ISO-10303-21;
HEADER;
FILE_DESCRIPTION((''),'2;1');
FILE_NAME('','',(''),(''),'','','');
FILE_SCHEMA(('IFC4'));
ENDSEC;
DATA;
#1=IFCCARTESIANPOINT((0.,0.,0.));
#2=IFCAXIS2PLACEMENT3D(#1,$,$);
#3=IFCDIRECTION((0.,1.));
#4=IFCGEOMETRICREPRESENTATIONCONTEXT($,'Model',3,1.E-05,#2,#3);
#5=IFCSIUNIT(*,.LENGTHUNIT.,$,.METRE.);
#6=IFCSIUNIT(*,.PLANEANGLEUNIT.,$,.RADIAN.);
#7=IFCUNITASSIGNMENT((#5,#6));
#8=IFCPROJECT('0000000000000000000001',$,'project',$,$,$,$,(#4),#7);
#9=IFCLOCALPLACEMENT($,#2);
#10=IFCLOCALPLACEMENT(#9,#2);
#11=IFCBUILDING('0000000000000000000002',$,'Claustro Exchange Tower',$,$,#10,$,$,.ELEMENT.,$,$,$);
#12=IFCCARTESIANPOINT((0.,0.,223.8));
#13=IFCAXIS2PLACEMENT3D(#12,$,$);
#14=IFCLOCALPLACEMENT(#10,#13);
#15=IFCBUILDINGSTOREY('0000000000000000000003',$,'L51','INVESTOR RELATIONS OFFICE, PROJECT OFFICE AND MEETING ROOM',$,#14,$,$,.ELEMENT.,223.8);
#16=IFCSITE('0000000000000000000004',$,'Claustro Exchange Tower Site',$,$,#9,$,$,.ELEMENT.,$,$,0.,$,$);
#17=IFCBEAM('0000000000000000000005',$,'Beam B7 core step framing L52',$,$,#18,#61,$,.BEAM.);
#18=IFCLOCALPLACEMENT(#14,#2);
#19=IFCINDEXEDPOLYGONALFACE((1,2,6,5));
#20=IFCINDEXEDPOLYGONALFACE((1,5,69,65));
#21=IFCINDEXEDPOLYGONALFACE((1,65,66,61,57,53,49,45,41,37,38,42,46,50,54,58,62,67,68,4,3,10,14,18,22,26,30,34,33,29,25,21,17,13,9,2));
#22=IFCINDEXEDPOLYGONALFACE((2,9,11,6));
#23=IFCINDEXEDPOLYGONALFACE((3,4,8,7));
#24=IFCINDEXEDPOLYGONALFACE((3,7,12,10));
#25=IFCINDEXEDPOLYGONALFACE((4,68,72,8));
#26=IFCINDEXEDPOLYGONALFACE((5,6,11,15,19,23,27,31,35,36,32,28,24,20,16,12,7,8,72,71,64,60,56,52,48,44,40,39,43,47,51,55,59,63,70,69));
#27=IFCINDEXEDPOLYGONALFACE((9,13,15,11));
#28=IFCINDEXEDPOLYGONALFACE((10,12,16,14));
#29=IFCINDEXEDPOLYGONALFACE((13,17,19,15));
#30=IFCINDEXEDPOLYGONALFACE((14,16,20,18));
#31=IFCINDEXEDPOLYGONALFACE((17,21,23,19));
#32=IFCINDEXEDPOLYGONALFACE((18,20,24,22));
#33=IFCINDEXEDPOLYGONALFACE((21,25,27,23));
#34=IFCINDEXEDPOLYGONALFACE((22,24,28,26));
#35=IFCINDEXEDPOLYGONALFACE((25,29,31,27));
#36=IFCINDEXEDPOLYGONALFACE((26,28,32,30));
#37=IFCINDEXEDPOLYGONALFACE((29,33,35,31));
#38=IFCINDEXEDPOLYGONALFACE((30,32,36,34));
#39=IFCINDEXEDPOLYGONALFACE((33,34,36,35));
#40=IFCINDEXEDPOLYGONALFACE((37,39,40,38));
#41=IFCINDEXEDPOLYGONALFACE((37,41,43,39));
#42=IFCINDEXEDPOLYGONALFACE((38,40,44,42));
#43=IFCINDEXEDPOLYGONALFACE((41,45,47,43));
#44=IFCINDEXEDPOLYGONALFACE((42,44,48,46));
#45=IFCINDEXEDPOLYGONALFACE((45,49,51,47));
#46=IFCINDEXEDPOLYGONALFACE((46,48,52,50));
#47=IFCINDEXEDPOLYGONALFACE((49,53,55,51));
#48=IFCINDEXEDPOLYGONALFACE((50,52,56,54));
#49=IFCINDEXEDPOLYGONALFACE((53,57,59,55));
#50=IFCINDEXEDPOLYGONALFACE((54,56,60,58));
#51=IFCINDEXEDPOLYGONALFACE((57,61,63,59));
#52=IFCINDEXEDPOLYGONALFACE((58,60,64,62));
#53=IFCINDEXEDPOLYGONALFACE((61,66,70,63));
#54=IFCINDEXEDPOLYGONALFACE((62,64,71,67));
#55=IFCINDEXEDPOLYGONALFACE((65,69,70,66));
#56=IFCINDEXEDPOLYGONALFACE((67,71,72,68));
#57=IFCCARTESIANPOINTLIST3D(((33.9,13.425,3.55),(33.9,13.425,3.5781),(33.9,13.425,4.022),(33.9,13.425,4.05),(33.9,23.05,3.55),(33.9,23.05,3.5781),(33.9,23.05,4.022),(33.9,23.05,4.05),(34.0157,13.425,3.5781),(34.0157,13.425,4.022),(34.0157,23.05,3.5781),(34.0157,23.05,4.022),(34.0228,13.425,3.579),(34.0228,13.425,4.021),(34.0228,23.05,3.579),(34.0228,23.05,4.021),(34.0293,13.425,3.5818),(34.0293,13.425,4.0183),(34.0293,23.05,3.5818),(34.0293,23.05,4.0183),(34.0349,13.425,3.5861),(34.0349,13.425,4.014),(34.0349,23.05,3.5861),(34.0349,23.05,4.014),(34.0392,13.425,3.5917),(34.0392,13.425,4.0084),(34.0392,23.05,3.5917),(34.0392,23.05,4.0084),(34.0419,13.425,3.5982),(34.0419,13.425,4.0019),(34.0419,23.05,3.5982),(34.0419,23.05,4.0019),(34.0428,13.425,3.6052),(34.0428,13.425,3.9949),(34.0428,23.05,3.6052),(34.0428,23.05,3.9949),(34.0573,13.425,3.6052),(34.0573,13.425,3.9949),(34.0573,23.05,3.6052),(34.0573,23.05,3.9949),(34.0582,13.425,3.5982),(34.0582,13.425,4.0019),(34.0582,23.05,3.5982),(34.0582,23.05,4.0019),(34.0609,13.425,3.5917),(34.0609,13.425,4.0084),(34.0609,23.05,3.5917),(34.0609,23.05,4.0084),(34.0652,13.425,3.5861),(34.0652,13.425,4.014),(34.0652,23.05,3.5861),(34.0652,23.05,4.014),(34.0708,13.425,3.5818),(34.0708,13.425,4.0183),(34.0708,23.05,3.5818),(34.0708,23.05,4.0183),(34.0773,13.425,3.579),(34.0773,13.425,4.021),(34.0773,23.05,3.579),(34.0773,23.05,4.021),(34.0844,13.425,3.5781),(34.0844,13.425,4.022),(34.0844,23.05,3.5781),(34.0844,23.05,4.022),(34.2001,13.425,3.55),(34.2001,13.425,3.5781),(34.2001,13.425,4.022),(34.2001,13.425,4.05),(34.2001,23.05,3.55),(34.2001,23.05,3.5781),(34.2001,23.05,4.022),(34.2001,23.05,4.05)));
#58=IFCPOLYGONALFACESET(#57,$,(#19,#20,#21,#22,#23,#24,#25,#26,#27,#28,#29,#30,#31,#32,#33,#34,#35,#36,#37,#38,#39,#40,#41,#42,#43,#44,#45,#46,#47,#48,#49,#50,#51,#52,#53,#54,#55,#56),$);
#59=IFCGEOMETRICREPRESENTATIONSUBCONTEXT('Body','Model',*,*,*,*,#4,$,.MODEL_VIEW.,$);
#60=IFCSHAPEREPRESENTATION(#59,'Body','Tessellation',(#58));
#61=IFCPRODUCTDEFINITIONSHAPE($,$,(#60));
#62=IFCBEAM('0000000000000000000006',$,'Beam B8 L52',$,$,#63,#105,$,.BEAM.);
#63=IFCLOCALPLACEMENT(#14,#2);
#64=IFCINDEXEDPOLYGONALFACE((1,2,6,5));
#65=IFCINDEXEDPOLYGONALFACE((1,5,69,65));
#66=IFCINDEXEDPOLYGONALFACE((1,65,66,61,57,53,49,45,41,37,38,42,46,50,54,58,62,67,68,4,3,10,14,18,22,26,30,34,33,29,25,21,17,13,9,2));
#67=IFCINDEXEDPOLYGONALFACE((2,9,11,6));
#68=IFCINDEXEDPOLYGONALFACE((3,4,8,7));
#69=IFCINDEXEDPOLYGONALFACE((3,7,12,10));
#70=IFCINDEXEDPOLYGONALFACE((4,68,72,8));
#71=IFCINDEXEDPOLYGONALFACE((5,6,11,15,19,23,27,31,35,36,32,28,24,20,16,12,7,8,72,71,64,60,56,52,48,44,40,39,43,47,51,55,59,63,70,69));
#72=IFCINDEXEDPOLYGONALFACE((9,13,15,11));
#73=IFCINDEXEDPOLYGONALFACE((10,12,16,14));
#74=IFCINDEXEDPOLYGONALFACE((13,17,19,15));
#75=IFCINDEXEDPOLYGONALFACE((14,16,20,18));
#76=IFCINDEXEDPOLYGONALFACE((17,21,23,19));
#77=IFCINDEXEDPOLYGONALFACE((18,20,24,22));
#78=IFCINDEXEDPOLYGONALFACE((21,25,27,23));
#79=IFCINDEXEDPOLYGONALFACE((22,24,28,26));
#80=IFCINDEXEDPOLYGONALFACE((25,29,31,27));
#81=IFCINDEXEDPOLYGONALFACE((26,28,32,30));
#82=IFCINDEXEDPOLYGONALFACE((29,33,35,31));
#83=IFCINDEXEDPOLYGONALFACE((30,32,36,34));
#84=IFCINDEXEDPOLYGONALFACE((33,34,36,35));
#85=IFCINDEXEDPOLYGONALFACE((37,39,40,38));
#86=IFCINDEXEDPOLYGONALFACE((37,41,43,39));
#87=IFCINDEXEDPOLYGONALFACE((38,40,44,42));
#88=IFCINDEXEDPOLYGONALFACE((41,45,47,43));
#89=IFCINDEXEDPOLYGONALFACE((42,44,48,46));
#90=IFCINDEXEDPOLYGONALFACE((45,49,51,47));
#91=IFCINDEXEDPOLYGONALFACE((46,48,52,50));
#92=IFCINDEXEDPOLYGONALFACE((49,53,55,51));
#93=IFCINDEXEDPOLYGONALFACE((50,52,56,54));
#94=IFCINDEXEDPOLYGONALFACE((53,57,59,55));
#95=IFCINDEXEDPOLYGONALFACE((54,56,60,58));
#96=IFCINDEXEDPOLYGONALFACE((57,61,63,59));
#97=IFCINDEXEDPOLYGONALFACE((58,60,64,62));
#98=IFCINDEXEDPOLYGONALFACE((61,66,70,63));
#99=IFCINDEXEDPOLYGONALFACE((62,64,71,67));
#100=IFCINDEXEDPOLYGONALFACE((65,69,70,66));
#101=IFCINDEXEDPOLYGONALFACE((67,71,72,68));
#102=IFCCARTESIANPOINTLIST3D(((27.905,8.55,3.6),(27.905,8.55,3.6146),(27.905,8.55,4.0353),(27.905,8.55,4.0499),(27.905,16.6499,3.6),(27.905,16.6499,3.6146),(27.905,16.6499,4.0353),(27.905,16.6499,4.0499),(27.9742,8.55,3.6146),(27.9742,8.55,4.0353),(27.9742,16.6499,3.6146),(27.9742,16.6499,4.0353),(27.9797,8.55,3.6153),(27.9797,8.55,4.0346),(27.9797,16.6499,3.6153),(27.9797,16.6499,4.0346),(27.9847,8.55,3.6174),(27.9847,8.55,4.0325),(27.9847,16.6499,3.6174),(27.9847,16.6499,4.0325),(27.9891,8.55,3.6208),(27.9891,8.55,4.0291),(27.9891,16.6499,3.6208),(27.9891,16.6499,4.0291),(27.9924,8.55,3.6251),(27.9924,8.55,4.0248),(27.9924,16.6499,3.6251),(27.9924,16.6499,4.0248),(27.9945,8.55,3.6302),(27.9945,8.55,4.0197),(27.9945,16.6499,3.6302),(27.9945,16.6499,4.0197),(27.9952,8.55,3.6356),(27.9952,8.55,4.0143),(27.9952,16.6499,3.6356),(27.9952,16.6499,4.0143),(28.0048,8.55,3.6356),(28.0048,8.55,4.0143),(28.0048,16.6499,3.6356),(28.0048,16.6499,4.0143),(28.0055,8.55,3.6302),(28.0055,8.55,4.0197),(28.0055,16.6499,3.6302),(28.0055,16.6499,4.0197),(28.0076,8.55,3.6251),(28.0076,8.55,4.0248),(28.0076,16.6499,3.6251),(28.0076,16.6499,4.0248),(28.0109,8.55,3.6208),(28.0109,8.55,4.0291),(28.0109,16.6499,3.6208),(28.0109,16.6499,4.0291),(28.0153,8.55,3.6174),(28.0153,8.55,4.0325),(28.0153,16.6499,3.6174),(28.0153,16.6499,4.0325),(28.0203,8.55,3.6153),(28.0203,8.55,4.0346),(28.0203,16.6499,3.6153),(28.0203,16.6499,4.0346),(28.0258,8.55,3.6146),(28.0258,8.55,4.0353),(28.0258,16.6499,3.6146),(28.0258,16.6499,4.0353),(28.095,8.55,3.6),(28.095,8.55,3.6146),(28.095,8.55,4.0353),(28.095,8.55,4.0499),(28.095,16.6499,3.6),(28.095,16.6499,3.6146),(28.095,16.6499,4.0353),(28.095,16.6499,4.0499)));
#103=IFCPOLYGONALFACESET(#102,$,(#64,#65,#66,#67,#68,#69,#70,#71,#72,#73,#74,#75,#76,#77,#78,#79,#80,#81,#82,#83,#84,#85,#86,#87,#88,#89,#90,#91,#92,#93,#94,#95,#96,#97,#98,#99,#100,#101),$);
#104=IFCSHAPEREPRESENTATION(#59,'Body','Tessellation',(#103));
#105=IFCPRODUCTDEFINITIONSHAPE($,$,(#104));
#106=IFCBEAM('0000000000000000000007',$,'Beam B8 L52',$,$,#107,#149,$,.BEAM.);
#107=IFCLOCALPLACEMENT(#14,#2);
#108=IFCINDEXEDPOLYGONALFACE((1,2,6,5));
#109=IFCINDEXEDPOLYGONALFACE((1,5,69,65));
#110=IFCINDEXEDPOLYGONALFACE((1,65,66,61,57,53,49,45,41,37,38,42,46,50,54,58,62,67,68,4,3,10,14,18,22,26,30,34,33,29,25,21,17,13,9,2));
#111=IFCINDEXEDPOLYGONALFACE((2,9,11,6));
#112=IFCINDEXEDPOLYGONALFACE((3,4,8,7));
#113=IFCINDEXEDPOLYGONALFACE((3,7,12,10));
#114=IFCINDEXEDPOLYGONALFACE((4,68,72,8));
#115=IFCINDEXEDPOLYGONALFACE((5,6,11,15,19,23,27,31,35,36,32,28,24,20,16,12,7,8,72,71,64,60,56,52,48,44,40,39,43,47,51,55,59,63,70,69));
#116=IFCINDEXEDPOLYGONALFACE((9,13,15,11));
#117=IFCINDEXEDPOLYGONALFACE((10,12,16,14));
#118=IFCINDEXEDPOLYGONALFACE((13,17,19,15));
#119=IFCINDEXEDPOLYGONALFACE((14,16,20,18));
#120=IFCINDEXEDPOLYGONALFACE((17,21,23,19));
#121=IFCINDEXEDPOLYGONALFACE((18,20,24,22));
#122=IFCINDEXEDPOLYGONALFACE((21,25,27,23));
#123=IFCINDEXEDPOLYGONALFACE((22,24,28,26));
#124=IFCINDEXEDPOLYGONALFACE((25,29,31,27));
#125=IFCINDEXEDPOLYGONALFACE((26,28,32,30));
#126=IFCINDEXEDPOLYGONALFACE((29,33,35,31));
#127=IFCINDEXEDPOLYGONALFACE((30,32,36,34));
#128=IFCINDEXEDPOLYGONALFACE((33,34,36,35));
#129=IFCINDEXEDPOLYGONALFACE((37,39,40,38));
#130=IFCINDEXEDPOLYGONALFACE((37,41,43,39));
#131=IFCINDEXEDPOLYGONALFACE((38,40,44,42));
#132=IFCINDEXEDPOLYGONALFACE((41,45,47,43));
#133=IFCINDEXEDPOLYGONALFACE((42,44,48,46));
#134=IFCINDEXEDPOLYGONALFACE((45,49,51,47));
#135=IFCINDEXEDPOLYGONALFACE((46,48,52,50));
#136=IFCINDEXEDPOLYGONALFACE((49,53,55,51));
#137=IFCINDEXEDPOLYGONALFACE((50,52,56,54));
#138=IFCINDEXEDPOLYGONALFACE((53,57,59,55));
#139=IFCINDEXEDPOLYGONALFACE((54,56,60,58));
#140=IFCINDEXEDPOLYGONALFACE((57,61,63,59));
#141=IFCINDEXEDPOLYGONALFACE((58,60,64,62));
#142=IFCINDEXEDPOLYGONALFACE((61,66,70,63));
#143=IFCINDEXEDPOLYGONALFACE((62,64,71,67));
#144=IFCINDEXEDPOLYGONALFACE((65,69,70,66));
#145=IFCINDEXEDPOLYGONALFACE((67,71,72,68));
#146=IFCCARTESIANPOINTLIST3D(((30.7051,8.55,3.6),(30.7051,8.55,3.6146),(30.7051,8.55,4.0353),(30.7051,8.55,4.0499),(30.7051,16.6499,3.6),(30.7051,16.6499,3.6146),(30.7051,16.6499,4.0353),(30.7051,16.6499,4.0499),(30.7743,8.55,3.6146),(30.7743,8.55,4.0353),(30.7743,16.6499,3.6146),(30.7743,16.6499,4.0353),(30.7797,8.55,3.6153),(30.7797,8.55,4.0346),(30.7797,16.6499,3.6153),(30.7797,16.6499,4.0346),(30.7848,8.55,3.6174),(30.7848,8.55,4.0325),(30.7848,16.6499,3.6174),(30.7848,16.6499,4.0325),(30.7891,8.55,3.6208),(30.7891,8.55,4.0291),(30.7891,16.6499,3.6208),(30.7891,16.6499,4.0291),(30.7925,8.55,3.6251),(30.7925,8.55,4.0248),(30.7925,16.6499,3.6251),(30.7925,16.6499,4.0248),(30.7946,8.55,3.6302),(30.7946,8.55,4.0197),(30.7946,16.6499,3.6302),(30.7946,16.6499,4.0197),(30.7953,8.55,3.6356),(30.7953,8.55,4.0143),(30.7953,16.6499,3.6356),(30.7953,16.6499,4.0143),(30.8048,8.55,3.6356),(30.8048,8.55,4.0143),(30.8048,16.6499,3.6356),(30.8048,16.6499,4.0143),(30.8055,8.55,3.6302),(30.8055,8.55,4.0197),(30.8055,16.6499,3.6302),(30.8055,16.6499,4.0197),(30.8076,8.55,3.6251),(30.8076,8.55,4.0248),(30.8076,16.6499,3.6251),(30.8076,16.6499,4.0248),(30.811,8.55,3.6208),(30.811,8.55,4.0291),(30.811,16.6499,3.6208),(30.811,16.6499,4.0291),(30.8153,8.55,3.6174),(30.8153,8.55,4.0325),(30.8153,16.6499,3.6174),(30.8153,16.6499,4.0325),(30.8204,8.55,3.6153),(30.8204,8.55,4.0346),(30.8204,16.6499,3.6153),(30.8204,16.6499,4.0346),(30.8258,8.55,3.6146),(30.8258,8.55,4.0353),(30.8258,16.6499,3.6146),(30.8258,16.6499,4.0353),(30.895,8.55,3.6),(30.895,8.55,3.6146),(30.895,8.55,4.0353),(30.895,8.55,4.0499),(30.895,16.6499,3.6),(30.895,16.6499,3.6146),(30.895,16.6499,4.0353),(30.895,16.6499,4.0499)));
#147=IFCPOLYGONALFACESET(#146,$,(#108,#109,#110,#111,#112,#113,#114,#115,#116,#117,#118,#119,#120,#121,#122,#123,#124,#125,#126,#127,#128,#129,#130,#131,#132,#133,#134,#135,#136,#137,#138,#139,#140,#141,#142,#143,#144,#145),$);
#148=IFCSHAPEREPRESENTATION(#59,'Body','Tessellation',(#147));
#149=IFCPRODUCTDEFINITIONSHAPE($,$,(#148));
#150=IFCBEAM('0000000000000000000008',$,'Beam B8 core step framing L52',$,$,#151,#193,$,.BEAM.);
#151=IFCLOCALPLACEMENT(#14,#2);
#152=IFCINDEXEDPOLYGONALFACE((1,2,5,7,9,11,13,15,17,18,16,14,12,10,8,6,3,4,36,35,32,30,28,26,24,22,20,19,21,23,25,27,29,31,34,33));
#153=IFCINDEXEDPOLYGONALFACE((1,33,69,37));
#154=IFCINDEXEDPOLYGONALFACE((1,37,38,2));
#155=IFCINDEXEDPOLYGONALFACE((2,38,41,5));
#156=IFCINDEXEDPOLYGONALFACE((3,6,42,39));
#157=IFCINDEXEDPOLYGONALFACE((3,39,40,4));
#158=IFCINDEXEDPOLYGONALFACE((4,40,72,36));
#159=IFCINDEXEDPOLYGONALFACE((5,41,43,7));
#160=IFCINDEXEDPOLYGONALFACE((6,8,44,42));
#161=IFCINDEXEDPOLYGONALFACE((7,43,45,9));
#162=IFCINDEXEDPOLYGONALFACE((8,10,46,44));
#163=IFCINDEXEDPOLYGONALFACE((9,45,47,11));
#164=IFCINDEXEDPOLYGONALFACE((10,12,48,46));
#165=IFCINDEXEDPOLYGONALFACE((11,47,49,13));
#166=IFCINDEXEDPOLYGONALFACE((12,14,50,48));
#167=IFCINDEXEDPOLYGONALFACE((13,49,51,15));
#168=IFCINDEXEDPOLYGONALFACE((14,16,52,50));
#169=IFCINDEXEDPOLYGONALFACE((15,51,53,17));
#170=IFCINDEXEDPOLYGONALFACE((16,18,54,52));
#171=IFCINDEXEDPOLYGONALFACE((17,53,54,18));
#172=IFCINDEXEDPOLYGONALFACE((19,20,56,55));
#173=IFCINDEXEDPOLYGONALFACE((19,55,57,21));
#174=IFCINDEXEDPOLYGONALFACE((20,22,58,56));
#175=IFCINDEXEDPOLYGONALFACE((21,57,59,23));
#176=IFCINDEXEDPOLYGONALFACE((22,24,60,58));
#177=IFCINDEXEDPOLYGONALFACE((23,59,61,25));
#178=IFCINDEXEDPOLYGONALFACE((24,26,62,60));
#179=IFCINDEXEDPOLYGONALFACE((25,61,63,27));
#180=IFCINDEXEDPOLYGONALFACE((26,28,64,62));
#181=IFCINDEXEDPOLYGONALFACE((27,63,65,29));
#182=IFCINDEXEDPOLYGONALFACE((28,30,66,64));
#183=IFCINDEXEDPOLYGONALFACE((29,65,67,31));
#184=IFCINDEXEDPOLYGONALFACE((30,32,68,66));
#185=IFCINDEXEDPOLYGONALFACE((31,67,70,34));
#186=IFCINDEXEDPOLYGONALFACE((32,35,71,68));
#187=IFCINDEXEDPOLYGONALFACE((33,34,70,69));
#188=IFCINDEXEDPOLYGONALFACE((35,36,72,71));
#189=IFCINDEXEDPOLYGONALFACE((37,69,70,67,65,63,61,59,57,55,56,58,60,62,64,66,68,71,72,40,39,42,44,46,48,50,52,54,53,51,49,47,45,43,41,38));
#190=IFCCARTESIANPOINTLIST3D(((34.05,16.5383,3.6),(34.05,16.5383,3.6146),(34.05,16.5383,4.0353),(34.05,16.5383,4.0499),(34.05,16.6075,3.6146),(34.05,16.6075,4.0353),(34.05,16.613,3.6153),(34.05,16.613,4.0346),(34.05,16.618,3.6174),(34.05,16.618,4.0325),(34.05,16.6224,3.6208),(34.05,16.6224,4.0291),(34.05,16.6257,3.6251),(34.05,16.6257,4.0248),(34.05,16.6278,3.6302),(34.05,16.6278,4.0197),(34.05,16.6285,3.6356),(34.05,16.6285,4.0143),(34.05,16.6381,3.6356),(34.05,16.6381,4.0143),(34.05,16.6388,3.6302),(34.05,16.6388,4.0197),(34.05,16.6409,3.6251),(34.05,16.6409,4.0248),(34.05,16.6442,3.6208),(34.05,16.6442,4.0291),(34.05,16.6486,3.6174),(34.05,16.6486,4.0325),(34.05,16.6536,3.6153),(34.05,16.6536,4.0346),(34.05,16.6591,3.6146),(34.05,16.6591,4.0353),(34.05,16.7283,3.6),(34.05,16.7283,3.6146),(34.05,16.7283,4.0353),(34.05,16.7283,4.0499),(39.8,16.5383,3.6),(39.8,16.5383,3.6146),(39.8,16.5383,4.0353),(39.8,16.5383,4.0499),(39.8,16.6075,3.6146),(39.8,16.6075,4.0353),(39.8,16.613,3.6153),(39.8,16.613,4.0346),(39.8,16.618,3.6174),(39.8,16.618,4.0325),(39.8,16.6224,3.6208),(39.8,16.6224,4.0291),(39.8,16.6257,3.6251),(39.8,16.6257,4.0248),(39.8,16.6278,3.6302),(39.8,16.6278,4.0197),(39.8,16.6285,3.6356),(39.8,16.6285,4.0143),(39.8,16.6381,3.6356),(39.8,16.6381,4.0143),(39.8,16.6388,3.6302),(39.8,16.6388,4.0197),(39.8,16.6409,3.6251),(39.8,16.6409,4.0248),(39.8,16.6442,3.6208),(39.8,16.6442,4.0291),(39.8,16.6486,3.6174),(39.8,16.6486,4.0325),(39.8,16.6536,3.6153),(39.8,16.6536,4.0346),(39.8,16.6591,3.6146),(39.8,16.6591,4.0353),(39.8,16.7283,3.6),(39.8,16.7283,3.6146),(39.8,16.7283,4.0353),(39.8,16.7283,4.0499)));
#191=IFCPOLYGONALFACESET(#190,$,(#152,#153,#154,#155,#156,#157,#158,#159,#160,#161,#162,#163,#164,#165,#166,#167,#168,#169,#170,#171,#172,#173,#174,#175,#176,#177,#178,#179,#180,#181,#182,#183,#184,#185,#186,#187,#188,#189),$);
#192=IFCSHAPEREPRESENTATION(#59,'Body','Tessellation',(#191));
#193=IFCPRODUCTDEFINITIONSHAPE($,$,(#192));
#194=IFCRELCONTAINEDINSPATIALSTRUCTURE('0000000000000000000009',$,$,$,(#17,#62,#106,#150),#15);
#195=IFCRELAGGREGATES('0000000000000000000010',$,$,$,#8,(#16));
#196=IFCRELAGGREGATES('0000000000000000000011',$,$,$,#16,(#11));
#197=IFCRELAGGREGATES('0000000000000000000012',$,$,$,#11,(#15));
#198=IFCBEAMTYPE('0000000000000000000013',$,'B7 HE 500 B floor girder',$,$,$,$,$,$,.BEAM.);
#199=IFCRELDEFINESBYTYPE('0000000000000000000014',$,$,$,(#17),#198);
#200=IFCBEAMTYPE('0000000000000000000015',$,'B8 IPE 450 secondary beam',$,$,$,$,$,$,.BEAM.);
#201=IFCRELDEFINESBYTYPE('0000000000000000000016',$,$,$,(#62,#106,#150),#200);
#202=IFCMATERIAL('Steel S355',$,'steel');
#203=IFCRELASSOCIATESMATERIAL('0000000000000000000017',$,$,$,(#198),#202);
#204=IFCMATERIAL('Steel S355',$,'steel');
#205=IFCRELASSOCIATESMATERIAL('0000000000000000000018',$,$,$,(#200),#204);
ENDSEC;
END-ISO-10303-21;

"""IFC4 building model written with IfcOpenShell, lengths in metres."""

from ifc_helpers import new_model, si_unit, direction, frame, origin, origin_2d, place, context, subcontext, project, spatial, i_section, extrude, material, material_profile, profile_set, type_object, element, save


model = new_model("IFC4")

# Units and contexts
model_context = context("Model", 3, precision=1e-05, world=origin(), true_north=direction((0.0, 1.0)))
body_context = subcontext(model_context, "Body", "Model", "MODEL_VIEW")
ifc_project = project(units=[si_unit("LENGTHUNIT", "METRE"), si_unit("PLANEANGLEUNIT", "RADIAN")], contexts=[model_context])

# Site, building, storey
site_placement = place(None, origin())
site = spatial("IfcSite", under=ifc_project, at=site_placement, Name="Claustro Exchange Tower Site", CompositionType="ELEMENT", RefElevation=0.0)
building_placement = place(site_placement, origin())
building = spatial("IfcBuilding", under=site, at=building_placement, Name="Claustro Exchange Tower", CompositionType="ELEMENT")
storey_placement = place(building_placement, frame((0.0, 0.0, 223.8)))
storey = spatial("IfcBuildingStorey", under=building, at=storey_placement, Name="L51", Description="INVESTOR RELATIONS OFFICE, PROJECT OFFICE AND MEETING ROOM", CompositionType="ELEMENT", Elevation=223.8)

# Beams
ifc_material_1 = material(Name="Steel S355", Category="steel")
ifc_material_profile_1 = material_profile(ifc_material_1, i_section(OverallWidth=0.3, OverallDepth=0.5, WebThickness=0.0144, FlangeThickness=0.0281, FilletRadius=0.0271, at=origin_2d()), Name="HE 500 B")
ifc_profile_set_1 = profile_set([ifc_material_profile_1], Name="Steel S355")
beam_type_1 = type_object("IfcBeamType", Name="B7 HE 500 B floor girder", PredefinedType="BEAM", material=ifc_profile_set_1)
beam_1_placement = place(storey_placement, frame((34.05, 13.425, 3.8), z_axis=(0.0, 1.0, 0.0), x_axis=(-1.0, 0.0, 0.0)))
element("IfcBeam", 1, at=beam_1_placement, inside=storey, type_object=beam_type_1, Name="Beam B7 core step framing L52", PredefinedType="BEAM", context=body_context, shape_type="SweptSolid", body=[
    extrude(i_section(OverallWidth=0.3, OverallDepth=0.5, WebThickness=0.0144, FlangeThickness=0.0281, FilletRadius=0.0271, at=origin_2d()), origin(), (0.0, 0.0, 1.0), 9.625),
])
ifc_material_2 = material(Name="Steel S355", Category="steel")
ifc_material_profile_2 = material_profile(ifc_material_2, i_section(OverallWidth=0.1899, OverallDepth=0.45, WebThickness=0.0095, FlangeThickness=0.0146, FilletRadius=0.021, at=origin_2d()), Name="IPE 450")
ifc_profile_set_2 = profile_set([ifc_material_profile_2], Name="Steel S355")
beam_type_2 = type_object("IfcBeamType", Name="B8 IPE 450 secondary beam", PredefinedType="BEAM", material=ifc_profile_set_2)
for number, where, z_axis, x_axis, name in (
    (2, (28.0, 8.55, 3.825), (0.0, 1.0, 0.0), (-1.0, 0.0, 0.0), "Beam B8 L52"),
    (3, (30.8, 8.55, 3.825), (0.0, 1.0, 0.0), (-1.0, 0.0, 0.0), "Beam B8 L52"),
):
    element("IfcBeam", number, at=place(storey_placement, frame(where, z_axis=z_axis, x_axis=x_axis)), inside=storey, type_object=beam_type_2, Name=name, PredefinedType="BEAM", context=body_context, shape_type="SweptSolid", body=[
        extrude(i_section(OverallWidth=0.1899, OverallDepth=0.45, WebThickness=0.0095, FlangeThickness=0.0146, FilletRadius=0.021, at=origin_2d()), origin(), (0.0, 0.0, 1.0), 8.0999),
    ])
for number, where, z_axis, x_axis, name in (
    (4, (34.05, 16.6333, 3.825), (1.0, 0.0, 0.0), (0.0, 1.0, 0.0), "Beam B8 core step framing L52"),
):
    element("IfcBeam", number, at=place(storey_placement, frame(where, z_axis=z_axis, x_axis=x_axis)), inside=storey, type_object=beam_type_2, Name=name, PredefinedType="BEAM", context=body_context, shape_type="SweptSolid", body=[
        extrude(i_section(OverallWidth=0.1899, OverallDepth=0.45, WebThickness=0.0095, FlangeThickness=0.0146, FilletRadius=0.021, at=origin_2d()), origin(), (0.0, 0.0, 1.0), 5.75),
    ])

save(model, "model.ifc")
